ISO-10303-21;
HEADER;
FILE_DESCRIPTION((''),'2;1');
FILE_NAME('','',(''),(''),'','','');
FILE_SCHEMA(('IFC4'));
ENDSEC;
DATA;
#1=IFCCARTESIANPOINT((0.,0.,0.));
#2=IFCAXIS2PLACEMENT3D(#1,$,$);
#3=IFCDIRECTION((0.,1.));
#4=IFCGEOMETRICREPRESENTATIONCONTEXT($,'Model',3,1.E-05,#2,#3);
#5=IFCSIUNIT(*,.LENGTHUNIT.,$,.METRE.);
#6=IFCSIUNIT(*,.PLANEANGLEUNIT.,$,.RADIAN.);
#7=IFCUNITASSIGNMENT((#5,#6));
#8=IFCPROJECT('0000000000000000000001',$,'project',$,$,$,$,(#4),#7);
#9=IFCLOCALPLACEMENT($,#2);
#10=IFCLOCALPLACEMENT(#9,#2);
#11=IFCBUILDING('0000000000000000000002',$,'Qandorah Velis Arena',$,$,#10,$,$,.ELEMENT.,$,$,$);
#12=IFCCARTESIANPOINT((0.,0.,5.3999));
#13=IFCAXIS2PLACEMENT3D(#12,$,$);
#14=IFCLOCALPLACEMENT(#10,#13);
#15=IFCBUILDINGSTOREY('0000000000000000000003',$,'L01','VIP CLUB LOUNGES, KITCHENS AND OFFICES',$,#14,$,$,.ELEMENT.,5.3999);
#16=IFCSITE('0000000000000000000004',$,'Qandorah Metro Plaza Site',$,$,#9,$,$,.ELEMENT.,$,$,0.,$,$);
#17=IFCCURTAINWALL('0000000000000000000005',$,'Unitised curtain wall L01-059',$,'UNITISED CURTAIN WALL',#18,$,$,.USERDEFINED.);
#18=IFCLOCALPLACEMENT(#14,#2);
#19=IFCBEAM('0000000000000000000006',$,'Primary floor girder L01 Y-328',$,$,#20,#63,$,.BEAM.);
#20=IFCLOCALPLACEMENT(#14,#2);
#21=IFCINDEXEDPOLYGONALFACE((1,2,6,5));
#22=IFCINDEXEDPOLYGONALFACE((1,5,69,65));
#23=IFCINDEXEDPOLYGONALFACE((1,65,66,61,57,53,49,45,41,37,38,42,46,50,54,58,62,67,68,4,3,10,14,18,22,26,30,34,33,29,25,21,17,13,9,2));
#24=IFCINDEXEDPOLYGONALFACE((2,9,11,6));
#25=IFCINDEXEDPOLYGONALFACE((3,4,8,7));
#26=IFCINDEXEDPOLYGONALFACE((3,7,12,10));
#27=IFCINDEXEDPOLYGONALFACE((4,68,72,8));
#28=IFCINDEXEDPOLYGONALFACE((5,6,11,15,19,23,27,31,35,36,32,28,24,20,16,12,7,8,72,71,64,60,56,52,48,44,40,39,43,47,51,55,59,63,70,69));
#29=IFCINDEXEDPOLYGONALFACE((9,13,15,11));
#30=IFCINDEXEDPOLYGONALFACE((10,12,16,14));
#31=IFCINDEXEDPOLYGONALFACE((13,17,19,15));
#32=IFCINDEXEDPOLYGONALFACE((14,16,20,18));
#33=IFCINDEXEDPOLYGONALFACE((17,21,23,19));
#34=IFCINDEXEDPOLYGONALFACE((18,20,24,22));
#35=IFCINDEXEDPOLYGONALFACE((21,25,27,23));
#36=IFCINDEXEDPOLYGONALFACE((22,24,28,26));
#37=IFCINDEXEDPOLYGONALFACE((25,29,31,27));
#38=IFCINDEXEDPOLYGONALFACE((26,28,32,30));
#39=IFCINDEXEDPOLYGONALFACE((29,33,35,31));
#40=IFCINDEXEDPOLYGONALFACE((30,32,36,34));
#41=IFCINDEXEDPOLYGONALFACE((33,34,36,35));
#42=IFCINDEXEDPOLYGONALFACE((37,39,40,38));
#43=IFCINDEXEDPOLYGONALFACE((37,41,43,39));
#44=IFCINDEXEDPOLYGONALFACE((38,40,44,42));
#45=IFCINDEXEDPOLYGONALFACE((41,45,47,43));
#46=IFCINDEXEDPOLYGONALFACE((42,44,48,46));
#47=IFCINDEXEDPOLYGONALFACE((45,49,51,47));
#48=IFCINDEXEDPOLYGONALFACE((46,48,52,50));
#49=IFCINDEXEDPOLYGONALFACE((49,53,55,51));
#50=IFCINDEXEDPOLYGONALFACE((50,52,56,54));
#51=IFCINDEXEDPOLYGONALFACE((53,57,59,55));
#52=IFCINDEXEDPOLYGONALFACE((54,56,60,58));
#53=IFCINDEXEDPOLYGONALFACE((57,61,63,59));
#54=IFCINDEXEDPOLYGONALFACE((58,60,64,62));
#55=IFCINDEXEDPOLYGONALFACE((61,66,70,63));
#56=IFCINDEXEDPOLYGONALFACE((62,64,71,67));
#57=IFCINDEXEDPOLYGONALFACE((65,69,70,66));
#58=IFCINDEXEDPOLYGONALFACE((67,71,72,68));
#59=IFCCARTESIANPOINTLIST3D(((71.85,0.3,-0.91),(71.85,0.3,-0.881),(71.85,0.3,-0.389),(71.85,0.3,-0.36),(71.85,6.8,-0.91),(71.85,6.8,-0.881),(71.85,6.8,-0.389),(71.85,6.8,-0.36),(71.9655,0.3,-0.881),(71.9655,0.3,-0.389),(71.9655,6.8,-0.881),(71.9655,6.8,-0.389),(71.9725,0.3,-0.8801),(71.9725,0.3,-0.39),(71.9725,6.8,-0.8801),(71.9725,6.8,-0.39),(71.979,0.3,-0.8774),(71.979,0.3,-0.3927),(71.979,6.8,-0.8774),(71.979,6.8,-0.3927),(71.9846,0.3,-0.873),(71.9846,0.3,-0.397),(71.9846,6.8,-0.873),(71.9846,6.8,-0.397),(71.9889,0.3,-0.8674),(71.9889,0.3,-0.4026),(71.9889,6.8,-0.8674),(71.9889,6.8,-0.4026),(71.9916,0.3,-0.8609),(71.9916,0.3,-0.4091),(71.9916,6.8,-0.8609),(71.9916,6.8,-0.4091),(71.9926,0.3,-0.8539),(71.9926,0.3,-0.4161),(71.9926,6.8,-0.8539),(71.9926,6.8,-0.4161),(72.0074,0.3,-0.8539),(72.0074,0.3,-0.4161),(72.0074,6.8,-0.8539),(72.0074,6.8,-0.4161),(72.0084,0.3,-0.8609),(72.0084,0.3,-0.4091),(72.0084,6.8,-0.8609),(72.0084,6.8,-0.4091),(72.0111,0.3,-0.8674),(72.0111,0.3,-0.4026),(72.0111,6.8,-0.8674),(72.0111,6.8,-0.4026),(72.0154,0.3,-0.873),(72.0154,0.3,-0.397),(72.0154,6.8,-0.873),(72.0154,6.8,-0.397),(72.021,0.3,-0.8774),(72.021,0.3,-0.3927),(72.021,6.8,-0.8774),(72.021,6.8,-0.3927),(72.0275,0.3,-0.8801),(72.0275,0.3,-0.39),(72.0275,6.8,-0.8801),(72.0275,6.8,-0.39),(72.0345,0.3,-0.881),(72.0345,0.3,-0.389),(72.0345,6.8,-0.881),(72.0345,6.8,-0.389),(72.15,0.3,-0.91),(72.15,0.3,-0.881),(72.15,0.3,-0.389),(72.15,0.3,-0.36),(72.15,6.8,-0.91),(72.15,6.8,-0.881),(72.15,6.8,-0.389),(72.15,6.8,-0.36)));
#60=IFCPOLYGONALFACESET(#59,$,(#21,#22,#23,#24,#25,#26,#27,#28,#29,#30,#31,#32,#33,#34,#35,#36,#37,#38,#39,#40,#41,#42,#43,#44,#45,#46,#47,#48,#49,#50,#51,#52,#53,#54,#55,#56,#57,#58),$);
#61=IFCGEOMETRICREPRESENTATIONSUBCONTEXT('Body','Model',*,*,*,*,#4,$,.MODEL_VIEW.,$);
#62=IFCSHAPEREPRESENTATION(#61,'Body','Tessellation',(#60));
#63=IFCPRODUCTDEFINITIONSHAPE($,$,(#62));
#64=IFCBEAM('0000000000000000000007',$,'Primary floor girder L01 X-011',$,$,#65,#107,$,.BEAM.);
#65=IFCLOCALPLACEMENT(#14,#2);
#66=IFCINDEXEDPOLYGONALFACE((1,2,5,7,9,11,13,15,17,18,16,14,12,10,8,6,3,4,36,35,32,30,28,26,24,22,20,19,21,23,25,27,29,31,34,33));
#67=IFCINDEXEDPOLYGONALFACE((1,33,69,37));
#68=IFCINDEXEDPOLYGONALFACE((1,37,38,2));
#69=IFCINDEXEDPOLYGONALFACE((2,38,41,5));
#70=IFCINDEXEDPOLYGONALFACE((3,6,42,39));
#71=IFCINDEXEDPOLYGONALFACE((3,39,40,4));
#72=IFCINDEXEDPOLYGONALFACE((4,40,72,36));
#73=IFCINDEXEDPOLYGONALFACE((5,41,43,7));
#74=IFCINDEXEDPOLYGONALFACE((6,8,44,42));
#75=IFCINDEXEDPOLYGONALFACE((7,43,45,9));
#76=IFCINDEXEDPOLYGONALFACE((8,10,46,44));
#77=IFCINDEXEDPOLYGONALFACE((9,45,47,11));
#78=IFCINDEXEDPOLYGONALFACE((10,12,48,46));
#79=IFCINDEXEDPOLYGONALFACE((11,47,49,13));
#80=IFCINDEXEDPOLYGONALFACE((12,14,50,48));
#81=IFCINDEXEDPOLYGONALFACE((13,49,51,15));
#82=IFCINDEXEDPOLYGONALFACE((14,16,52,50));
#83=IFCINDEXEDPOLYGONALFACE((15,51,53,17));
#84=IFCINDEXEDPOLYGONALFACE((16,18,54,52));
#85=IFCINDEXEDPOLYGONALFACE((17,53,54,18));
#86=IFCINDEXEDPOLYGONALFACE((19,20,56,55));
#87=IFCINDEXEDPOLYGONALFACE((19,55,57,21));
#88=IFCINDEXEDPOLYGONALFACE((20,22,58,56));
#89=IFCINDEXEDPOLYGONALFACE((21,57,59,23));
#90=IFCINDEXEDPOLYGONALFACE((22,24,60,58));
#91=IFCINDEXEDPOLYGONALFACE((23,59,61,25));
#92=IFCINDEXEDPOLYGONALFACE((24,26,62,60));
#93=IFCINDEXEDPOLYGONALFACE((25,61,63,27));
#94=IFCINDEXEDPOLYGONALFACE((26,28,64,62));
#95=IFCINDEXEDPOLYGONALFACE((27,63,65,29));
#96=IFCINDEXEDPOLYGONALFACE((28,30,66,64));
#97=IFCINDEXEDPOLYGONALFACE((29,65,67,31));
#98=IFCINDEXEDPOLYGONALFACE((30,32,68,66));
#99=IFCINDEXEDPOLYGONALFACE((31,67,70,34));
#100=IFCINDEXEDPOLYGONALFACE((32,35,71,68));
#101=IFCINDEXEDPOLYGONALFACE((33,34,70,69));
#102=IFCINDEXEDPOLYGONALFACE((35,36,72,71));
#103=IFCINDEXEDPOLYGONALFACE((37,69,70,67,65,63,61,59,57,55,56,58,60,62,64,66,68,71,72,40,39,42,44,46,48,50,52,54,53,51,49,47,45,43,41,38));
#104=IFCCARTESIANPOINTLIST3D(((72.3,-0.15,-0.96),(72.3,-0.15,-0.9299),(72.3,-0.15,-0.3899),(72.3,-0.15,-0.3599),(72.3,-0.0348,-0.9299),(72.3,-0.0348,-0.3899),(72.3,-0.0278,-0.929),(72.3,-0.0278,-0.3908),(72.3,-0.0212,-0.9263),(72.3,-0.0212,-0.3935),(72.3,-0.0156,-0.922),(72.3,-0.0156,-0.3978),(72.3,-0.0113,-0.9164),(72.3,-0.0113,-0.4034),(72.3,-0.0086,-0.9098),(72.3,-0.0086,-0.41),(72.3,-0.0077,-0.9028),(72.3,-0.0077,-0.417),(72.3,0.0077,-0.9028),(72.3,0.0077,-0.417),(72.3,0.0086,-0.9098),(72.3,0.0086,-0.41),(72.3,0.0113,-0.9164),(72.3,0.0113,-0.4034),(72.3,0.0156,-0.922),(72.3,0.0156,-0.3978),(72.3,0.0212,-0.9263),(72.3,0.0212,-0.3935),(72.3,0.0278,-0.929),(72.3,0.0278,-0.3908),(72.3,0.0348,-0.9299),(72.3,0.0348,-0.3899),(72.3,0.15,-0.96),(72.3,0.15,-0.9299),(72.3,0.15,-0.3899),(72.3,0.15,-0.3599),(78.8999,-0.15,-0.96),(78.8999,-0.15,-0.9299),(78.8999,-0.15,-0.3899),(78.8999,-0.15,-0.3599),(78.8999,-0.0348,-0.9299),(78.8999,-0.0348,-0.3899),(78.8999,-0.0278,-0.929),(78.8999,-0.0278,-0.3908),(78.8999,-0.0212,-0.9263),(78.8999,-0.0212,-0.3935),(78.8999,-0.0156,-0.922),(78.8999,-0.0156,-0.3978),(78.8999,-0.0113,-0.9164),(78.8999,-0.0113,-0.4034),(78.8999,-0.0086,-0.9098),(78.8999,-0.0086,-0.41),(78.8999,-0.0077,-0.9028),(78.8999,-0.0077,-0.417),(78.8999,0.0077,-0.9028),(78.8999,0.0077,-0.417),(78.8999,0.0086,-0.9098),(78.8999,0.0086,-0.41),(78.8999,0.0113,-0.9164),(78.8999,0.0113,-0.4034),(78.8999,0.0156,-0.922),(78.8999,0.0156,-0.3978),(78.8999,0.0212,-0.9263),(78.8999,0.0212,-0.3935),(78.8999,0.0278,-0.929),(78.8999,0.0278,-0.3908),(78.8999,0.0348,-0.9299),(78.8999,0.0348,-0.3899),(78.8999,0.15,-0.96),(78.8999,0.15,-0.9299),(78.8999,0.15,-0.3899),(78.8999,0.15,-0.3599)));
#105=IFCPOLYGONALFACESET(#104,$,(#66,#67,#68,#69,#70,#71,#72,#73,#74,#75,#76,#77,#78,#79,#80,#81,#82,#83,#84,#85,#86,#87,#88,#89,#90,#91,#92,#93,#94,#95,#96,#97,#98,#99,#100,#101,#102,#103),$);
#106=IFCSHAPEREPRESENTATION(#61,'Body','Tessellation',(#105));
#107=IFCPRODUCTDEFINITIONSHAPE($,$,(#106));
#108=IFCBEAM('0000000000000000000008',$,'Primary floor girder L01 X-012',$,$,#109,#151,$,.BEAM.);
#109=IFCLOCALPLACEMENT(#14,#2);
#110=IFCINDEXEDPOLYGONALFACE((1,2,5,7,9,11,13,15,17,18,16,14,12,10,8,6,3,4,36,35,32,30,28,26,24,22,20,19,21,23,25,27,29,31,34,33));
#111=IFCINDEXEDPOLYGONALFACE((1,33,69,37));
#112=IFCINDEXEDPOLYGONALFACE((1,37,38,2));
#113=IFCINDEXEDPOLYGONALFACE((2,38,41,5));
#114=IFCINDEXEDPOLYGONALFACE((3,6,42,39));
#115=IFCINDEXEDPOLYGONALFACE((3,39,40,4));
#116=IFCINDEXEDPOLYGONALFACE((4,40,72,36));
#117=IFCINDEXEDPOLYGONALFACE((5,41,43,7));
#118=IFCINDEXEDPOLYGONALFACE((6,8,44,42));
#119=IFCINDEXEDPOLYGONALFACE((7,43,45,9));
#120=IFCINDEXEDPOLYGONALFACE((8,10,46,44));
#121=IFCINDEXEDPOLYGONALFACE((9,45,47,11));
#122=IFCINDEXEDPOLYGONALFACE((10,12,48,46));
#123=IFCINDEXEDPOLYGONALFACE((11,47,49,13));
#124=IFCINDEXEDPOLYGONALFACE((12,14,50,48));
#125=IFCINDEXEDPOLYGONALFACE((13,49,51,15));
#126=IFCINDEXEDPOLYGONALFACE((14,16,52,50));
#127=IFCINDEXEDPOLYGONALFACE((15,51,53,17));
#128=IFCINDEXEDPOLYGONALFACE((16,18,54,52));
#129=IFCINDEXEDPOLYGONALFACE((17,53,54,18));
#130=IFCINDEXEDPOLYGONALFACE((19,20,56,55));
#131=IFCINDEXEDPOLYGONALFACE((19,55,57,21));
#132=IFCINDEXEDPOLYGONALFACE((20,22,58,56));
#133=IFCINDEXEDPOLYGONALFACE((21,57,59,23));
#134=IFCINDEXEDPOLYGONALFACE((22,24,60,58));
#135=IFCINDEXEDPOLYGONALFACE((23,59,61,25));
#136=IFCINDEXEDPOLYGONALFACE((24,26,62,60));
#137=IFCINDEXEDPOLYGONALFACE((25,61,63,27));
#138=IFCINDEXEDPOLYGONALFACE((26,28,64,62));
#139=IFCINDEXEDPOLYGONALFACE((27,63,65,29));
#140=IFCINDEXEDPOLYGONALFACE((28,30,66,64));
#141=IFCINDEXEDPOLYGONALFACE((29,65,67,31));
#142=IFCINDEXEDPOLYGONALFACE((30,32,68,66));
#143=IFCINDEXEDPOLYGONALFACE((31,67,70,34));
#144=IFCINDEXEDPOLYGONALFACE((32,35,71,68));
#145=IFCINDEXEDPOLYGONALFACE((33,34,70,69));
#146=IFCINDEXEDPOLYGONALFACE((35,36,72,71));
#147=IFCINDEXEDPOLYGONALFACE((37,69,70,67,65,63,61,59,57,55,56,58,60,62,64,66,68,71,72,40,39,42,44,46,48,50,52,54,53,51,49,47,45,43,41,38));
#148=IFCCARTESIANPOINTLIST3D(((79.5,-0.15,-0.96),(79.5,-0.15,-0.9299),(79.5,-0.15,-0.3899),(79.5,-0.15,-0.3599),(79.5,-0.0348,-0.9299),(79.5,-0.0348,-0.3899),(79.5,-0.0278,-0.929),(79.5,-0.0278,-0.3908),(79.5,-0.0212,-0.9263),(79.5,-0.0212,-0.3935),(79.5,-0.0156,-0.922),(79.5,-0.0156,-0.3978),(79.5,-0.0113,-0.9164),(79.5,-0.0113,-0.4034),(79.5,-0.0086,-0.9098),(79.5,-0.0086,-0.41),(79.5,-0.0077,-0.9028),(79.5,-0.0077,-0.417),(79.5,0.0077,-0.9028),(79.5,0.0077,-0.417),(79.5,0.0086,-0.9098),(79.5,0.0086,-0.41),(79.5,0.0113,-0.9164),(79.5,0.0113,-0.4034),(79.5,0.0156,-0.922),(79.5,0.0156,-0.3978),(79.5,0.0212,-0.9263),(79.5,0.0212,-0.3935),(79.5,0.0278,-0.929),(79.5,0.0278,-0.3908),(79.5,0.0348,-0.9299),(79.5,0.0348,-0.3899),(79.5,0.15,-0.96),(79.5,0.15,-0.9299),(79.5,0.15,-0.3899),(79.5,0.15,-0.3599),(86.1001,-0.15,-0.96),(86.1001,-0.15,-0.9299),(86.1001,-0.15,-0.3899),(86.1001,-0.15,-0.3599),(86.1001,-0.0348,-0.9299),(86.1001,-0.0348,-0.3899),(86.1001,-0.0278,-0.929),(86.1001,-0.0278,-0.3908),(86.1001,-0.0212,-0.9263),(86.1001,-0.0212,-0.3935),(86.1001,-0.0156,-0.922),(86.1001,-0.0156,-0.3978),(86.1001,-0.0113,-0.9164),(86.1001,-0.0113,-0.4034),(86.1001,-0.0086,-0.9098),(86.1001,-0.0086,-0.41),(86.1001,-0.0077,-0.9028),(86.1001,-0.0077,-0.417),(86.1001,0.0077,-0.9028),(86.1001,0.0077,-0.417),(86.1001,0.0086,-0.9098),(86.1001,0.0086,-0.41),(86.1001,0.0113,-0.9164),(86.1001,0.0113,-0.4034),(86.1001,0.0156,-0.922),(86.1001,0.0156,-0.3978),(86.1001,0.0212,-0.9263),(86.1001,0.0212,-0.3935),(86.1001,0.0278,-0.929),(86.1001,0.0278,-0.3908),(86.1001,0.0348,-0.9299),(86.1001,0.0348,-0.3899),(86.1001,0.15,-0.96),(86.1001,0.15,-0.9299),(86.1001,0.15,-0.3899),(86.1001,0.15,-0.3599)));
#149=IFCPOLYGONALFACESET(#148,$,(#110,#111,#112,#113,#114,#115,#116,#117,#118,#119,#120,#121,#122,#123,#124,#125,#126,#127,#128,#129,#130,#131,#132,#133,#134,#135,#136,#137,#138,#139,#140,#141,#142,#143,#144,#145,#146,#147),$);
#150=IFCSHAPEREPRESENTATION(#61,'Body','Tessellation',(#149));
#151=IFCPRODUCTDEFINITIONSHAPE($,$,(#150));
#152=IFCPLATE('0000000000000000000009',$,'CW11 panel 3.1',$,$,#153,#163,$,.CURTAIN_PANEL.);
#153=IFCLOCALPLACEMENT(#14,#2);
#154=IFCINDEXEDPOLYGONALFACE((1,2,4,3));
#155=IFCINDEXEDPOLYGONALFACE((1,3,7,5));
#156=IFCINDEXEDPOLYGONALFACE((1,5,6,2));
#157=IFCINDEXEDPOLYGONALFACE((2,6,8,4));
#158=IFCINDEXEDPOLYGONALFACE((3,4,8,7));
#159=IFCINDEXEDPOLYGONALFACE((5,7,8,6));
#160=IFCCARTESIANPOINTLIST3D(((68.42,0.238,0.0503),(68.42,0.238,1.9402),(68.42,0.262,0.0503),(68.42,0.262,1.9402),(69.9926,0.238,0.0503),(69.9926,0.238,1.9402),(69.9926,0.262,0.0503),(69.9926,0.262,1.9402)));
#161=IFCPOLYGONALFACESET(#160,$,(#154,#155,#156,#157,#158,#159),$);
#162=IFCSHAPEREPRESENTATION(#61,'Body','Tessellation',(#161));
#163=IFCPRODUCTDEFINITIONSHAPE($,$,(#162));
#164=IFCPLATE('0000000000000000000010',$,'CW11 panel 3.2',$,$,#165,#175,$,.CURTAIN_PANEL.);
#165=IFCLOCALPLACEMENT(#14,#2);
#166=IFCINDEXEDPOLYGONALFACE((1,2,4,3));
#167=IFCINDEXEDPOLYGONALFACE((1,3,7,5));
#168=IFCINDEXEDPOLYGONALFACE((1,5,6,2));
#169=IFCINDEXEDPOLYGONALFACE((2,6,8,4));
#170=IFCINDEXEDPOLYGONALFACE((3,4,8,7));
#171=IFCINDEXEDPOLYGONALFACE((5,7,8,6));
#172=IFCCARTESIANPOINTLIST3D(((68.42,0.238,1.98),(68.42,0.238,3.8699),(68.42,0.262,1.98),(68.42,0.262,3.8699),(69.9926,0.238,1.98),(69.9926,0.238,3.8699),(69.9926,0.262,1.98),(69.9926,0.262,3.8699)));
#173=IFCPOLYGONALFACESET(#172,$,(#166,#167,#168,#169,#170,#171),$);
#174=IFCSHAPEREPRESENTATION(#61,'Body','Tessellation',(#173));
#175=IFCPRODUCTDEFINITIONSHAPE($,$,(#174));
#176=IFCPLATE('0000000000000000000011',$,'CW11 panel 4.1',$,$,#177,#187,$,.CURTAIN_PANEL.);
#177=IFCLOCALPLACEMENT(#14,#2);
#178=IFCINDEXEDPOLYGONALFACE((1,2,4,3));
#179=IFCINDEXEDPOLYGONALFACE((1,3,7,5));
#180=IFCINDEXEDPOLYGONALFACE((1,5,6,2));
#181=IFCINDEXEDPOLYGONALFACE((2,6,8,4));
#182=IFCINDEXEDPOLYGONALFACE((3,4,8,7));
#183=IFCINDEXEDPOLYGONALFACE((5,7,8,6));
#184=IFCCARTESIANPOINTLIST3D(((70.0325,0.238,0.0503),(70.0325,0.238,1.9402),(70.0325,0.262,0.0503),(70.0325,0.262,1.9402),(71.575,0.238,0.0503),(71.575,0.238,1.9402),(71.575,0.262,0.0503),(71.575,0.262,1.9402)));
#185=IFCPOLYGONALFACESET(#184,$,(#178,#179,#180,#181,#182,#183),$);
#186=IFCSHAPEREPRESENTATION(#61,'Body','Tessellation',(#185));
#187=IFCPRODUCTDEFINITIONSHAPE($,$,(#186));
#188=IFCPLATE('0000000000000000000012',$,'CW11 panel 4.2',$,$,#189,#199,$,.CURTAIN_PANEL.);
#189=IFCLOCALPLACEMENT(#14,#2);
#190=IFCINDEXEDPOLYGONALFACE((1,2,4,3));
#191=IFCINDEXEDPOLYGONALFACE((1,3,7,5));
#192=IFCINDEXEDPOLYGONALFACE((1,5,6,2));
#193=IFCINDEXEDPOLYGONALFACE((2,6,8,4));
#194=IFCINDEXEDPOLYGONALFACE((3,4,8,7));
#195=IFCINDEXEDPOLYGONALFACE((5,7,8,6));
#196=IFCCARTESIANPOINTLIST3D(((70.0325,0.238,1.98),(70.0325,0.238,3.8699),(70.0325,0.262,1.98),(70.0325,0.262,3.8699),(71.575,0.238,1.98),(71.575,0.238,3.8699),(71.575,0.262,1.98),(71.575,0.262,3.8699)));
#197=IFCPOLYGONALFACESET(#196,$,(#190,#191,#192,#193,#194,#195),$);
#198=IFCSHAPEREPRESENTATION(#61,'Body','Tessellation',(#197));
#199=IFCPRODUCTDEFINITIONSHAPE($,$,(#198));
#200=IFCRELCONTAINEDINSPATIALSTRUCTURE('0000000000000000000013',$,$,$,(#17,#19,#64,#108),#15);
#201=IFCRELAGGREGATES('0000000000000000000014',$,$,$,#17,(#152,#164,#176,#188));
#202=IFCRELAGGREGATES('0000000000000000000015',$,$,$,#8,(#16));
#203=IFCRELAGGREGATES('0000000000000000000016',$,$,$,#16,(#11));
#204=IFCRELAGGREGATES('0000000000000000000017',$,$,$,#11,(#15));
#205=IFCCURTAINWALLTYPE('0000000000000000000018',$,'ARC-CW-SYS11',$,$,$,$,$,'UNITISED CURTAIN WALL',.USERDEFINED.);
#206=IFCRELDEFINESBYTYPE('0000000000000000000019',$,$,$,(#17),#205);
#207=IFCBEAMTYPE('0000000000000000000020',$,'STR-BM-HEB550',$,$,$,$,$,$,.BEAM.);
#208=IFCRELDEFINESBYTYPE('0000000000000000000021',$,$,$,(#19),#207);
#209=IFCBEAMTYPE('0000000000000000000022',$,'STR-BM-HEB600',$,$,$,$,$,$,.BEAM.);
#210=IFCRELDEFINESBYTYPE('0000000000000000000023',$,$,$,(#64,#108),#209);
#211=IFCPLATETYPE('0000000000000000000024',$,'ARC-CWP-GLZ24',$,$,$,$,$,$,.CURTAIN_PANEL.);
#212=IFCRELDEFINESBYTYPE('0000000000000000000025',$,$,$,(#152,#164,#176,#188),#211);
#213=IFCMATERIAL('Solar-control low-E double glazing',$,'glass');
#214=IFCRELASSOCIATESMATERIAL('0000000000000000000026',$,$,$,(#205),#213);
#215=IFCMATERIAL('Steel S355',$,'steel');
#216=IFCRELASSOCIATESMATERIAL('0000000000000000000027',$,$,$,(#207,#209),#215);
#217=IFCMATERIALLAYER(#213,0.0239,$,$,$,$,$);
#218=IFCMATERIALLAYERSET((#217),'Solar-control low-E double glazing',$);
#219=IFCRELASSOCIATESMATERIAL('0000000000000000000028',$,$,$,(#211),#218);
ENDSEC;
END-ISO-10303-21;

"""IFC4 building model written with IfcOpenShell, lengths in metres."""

from ifc_helpers import new_model, si_unit, direction, frame, origin, origin_2d, place, context, subcontext, project, spatial, rectangle, i_section, extrude, material, layer, layer_set, material_profile, profile_set, type_object, element, aggregate, save


model = new_model("IFC4")

# Units and contexts
model_context = context("Model", 3, precision=1e-05, world=origin(), true_north=direction((0.0, 1.0)))
body_context = subcontext(model_context, "Body", "Model", "MODEL_VIEW")
ifc_project = project(units=[si_unit("LENGTHUNIT", "METRE"), si_unit("PLANEANGLEUNIT", "RADIAN")], contexts=[model_context])

# Site, building, storey
site_placement = place(None, origin())
site = spatial("IfcSite", under=ifc_project, at=site_placement, Name="Qandorah Metro Plaza Site", CompositionType="ELEMENT", RefElevation=0.0)
building_placement = place(site_placement, origin())
building = spatial("IfcBuilding", under=site, at=building_placement, Name="Qandorah Velis Arena", CompositionType="ELEMENT")
storey_placement = place(building_placement, frame((0.0, 0.0, 5.3999)))
storey = spatial("IfcBuildingStorey", under=building, at=storey_placement, Name="L01", Description="VIP CLUB LOUNGES, KITCHENS AND OFFICES", CompositionType="ELEMENT", Elevation=5.3999)

# Curtain wall
ifc_material_1 = material(Name="Solar-control low-E double glazing", Category="glass")
curtain_wall_type = type_object("IfcCurtainWallType", Name="ARC-CW-SYS11", ElementType="UNITISED CURTAIN WALL", PredefinedType="USERDEFINED", material=ifc_material_1)
curtain_wall_placement = place(storey_placement, origin())
curtain_wall = element("IfcCurtainWall", 1, at=curtain_wall_placement, inside=storey, type_object=curtain_wall_type, Name="Unitised curtain wall L01-059", ObjectType="UNITISED CURTAIN WALL", PredefinedType="USERDEFINED")

# Beams
ifc_material_2 = material(Name="Steel S355", Category="steel")
ifc_material_profile_1 = material_profile(ifc_material_2, i_section(OverallWidth=0.3, OverallDepth=0.55, WebThickness=0.0149, FlangeThickness=0.0291, FilletRadius=0.0271, at=origin_2d()), Name="HEB 550")
ifc_profile_set_1 = profile_set([ifc_material_profile_1], Name="Steel S355")
beam_type_1 = type_object("IfcBeamType", Name="STR-BM-HEB550", PredefinedType="BEAM", material=ifc_profile_set_1)
beam_1_placement = place(storey_placement, frame((72.0, 0.3, -0.635), z_axis=(0.0, 1.0, 0.0), x_axis=(-1.0, 0.0, 0.0)))
element("IfcBeam", 2, at=beam_1_placement, inside=storey, type_object=beam_type_1, Name="Primary floor girder L01 Y-328", PredefinedType="BEAM", context=body_context, shape_type="SweptSolid", body=[
    extrude(i_section(OverallWidth=0.3, OverallDepth=0.55, WebThickness=0.0149, FlangeThickness=0.0291, FilletRadius=0.0271, at=origin_2d()), origin(), (0.0, 0.0, 1.0), 6.5),
])
ifc_material_profile_2 = material_profile(ifc_material_2, i_section(OverallWidth=0.3, OverallDepth=0.6001, WebThickness=0.0154, FlangeThickness=0.03, FilletRadius=0.0271, at=origin_2d()), Name="HEB 600")
ifc_profile_set_2 = profile_set([ifc_material_profile_2], Name="Steel S355")
beam_type_2 = type_object("IfcBeamType", Name="STR-BM-HEB600", PredefinedType="BEAM", material=ifc_profile_set_2)
beam_2_placement = place(storey_placement, frame((72.3, 0.0, -0.6599), z_axis=(1.0, 0.0, 0.0), x_axis=(0.0, 1.0, 0.0)))
element("IfcBeam", 3, at=beam_2_placement, inside=storey, type_object=beam_type_2, Name="Primary floor girder L01 X-011", PredefinedType="BEAM", context=body_context, shape_type="SweptSolid", body=[
    extrude(i_section(OverallWidth=0.3, OverallDepth=0.6001, WebThickness=0.0154, FlangeThickness=0.03, FilletRadius=0.0271, at=origin_2d()), origin(), (0.0, 0.0, 1.0), 6.5999),
])
beam_3_placement = place(storey_placement, frame((79.5, 0.0, -0.6599), z_axis=(1.0, 0.0, 0.0), x_axis=(0.0, 1.0, 0.0)))
element("IfcBeam", 4, at=beam_3_placement, inside=storey, type_object=beam_type_2, Name="Primary floor girder L01 X-012", PredefinedType="BEAM", context=body_context, shape_type="SweptSolid", body=[
    extrude(i_section(OverallWidth=0.3, OverallDepth=0.6001, WebThickness=0.0154, FlangeThickness=0.03, FilletRadius=0.0271, at=origin_2d()), origin(), (0.0, 0.0, 1.0), 6.6001),
])

# Plates
ifc_layer_1 = layer(ifc_material_1, 0.0239)
ifc_layer_set_1 = layer_set([ifc_layer_1], Name="Solar-control low-E double glazing")
plate_type = type_object("IfcPlateType", Name="ARC-CWP-GLZ24", PredefinedType="CURTAIN_PANEL", material=ifc_layer_set_1)
plate_1_placement = place(storey_placement, frame((69.2063, 0.25, 0.0503), z_axis=(0.0, 0.0, 1.0), x_axis=(1.0, 0.0, 0.0)))
plate_1 = element("IfcPlate", 5, at=plate_1_placement, type_object=plate_type, Name="CW11 panel 3.1", PredefinedType="CURTAIN_PANEL", context=body_context, shape_type="SweptSolid", body=[
    extrude(rectangle(XDim=1.5725, YDim=0.0239, at=origin_2d()), origin(), (0.0, 0.0, 1.0), 1.8899),
])
plate_2_placement = place(storey_placement, frame((69.2063, 0.25, 1.98), z_axis=(0.0, 0.0, 1.0), x_axis=(1.0, 0.0, 0.0)))
plate_2 = element("IfcPlate", 6, at=plate_2_placement, type_object=plate_type, Name="CW11 panel 3.2", PredefinedType="CURTAIN_PANEL", context=body_context, shape_type="SweptSolid", body=[
    extrude(rectangle(XDim=1.5725, YDim=0.0239, at=origin_2d()), origin(), (0.0, 0.0, 1.0), 1.8899),
])
plate_3_placement = place(storey_placement, frame((70.8037, 0.25, 0.0503), z_axis=(0.0, 0.0, 1.0), x_axis=(1.0, 0.0, 0.0)))
plate_3 = element("IfcPlate", 7, at=plate_3_placement, type_object=plate_type, Name="CW11 panel 4.1", PredefinedType="CURTAIN_PANEL", context=body_context, shape_type="SweptSolid", body=[
    extrude(rectangle(XDim=1.5425, YDim=0.0239, at=origin_2d()), origin(), (0.0, 0.0, 1.0), 1.8899),
])
plate_4_placement = place(storey_placement, frame((70.8037, 0.25, 1.98), z_axis=(0.0, 0.0, 1.0), x_axis=(1.0, 0.0, 0.0)))
plate_4 = element("IfcPlate", 8, at=plate_4_placement, type_object=plate_type, Name="CW11 panel 4.2", PredefinedType="CURTAIN_PANEL", context=body_context, shape_type="SweptSolid", body=[
    extrude(rectangle(XDim=1.5425, YDim=0.0239, at=origin_2d()), origin(), (0.0, 0.0, 1.0), 1.8899),
])
aggregate(curtain_wall, [plate_1, plate_2, plate_3, plate_4])

save(model, "model.ifc")
